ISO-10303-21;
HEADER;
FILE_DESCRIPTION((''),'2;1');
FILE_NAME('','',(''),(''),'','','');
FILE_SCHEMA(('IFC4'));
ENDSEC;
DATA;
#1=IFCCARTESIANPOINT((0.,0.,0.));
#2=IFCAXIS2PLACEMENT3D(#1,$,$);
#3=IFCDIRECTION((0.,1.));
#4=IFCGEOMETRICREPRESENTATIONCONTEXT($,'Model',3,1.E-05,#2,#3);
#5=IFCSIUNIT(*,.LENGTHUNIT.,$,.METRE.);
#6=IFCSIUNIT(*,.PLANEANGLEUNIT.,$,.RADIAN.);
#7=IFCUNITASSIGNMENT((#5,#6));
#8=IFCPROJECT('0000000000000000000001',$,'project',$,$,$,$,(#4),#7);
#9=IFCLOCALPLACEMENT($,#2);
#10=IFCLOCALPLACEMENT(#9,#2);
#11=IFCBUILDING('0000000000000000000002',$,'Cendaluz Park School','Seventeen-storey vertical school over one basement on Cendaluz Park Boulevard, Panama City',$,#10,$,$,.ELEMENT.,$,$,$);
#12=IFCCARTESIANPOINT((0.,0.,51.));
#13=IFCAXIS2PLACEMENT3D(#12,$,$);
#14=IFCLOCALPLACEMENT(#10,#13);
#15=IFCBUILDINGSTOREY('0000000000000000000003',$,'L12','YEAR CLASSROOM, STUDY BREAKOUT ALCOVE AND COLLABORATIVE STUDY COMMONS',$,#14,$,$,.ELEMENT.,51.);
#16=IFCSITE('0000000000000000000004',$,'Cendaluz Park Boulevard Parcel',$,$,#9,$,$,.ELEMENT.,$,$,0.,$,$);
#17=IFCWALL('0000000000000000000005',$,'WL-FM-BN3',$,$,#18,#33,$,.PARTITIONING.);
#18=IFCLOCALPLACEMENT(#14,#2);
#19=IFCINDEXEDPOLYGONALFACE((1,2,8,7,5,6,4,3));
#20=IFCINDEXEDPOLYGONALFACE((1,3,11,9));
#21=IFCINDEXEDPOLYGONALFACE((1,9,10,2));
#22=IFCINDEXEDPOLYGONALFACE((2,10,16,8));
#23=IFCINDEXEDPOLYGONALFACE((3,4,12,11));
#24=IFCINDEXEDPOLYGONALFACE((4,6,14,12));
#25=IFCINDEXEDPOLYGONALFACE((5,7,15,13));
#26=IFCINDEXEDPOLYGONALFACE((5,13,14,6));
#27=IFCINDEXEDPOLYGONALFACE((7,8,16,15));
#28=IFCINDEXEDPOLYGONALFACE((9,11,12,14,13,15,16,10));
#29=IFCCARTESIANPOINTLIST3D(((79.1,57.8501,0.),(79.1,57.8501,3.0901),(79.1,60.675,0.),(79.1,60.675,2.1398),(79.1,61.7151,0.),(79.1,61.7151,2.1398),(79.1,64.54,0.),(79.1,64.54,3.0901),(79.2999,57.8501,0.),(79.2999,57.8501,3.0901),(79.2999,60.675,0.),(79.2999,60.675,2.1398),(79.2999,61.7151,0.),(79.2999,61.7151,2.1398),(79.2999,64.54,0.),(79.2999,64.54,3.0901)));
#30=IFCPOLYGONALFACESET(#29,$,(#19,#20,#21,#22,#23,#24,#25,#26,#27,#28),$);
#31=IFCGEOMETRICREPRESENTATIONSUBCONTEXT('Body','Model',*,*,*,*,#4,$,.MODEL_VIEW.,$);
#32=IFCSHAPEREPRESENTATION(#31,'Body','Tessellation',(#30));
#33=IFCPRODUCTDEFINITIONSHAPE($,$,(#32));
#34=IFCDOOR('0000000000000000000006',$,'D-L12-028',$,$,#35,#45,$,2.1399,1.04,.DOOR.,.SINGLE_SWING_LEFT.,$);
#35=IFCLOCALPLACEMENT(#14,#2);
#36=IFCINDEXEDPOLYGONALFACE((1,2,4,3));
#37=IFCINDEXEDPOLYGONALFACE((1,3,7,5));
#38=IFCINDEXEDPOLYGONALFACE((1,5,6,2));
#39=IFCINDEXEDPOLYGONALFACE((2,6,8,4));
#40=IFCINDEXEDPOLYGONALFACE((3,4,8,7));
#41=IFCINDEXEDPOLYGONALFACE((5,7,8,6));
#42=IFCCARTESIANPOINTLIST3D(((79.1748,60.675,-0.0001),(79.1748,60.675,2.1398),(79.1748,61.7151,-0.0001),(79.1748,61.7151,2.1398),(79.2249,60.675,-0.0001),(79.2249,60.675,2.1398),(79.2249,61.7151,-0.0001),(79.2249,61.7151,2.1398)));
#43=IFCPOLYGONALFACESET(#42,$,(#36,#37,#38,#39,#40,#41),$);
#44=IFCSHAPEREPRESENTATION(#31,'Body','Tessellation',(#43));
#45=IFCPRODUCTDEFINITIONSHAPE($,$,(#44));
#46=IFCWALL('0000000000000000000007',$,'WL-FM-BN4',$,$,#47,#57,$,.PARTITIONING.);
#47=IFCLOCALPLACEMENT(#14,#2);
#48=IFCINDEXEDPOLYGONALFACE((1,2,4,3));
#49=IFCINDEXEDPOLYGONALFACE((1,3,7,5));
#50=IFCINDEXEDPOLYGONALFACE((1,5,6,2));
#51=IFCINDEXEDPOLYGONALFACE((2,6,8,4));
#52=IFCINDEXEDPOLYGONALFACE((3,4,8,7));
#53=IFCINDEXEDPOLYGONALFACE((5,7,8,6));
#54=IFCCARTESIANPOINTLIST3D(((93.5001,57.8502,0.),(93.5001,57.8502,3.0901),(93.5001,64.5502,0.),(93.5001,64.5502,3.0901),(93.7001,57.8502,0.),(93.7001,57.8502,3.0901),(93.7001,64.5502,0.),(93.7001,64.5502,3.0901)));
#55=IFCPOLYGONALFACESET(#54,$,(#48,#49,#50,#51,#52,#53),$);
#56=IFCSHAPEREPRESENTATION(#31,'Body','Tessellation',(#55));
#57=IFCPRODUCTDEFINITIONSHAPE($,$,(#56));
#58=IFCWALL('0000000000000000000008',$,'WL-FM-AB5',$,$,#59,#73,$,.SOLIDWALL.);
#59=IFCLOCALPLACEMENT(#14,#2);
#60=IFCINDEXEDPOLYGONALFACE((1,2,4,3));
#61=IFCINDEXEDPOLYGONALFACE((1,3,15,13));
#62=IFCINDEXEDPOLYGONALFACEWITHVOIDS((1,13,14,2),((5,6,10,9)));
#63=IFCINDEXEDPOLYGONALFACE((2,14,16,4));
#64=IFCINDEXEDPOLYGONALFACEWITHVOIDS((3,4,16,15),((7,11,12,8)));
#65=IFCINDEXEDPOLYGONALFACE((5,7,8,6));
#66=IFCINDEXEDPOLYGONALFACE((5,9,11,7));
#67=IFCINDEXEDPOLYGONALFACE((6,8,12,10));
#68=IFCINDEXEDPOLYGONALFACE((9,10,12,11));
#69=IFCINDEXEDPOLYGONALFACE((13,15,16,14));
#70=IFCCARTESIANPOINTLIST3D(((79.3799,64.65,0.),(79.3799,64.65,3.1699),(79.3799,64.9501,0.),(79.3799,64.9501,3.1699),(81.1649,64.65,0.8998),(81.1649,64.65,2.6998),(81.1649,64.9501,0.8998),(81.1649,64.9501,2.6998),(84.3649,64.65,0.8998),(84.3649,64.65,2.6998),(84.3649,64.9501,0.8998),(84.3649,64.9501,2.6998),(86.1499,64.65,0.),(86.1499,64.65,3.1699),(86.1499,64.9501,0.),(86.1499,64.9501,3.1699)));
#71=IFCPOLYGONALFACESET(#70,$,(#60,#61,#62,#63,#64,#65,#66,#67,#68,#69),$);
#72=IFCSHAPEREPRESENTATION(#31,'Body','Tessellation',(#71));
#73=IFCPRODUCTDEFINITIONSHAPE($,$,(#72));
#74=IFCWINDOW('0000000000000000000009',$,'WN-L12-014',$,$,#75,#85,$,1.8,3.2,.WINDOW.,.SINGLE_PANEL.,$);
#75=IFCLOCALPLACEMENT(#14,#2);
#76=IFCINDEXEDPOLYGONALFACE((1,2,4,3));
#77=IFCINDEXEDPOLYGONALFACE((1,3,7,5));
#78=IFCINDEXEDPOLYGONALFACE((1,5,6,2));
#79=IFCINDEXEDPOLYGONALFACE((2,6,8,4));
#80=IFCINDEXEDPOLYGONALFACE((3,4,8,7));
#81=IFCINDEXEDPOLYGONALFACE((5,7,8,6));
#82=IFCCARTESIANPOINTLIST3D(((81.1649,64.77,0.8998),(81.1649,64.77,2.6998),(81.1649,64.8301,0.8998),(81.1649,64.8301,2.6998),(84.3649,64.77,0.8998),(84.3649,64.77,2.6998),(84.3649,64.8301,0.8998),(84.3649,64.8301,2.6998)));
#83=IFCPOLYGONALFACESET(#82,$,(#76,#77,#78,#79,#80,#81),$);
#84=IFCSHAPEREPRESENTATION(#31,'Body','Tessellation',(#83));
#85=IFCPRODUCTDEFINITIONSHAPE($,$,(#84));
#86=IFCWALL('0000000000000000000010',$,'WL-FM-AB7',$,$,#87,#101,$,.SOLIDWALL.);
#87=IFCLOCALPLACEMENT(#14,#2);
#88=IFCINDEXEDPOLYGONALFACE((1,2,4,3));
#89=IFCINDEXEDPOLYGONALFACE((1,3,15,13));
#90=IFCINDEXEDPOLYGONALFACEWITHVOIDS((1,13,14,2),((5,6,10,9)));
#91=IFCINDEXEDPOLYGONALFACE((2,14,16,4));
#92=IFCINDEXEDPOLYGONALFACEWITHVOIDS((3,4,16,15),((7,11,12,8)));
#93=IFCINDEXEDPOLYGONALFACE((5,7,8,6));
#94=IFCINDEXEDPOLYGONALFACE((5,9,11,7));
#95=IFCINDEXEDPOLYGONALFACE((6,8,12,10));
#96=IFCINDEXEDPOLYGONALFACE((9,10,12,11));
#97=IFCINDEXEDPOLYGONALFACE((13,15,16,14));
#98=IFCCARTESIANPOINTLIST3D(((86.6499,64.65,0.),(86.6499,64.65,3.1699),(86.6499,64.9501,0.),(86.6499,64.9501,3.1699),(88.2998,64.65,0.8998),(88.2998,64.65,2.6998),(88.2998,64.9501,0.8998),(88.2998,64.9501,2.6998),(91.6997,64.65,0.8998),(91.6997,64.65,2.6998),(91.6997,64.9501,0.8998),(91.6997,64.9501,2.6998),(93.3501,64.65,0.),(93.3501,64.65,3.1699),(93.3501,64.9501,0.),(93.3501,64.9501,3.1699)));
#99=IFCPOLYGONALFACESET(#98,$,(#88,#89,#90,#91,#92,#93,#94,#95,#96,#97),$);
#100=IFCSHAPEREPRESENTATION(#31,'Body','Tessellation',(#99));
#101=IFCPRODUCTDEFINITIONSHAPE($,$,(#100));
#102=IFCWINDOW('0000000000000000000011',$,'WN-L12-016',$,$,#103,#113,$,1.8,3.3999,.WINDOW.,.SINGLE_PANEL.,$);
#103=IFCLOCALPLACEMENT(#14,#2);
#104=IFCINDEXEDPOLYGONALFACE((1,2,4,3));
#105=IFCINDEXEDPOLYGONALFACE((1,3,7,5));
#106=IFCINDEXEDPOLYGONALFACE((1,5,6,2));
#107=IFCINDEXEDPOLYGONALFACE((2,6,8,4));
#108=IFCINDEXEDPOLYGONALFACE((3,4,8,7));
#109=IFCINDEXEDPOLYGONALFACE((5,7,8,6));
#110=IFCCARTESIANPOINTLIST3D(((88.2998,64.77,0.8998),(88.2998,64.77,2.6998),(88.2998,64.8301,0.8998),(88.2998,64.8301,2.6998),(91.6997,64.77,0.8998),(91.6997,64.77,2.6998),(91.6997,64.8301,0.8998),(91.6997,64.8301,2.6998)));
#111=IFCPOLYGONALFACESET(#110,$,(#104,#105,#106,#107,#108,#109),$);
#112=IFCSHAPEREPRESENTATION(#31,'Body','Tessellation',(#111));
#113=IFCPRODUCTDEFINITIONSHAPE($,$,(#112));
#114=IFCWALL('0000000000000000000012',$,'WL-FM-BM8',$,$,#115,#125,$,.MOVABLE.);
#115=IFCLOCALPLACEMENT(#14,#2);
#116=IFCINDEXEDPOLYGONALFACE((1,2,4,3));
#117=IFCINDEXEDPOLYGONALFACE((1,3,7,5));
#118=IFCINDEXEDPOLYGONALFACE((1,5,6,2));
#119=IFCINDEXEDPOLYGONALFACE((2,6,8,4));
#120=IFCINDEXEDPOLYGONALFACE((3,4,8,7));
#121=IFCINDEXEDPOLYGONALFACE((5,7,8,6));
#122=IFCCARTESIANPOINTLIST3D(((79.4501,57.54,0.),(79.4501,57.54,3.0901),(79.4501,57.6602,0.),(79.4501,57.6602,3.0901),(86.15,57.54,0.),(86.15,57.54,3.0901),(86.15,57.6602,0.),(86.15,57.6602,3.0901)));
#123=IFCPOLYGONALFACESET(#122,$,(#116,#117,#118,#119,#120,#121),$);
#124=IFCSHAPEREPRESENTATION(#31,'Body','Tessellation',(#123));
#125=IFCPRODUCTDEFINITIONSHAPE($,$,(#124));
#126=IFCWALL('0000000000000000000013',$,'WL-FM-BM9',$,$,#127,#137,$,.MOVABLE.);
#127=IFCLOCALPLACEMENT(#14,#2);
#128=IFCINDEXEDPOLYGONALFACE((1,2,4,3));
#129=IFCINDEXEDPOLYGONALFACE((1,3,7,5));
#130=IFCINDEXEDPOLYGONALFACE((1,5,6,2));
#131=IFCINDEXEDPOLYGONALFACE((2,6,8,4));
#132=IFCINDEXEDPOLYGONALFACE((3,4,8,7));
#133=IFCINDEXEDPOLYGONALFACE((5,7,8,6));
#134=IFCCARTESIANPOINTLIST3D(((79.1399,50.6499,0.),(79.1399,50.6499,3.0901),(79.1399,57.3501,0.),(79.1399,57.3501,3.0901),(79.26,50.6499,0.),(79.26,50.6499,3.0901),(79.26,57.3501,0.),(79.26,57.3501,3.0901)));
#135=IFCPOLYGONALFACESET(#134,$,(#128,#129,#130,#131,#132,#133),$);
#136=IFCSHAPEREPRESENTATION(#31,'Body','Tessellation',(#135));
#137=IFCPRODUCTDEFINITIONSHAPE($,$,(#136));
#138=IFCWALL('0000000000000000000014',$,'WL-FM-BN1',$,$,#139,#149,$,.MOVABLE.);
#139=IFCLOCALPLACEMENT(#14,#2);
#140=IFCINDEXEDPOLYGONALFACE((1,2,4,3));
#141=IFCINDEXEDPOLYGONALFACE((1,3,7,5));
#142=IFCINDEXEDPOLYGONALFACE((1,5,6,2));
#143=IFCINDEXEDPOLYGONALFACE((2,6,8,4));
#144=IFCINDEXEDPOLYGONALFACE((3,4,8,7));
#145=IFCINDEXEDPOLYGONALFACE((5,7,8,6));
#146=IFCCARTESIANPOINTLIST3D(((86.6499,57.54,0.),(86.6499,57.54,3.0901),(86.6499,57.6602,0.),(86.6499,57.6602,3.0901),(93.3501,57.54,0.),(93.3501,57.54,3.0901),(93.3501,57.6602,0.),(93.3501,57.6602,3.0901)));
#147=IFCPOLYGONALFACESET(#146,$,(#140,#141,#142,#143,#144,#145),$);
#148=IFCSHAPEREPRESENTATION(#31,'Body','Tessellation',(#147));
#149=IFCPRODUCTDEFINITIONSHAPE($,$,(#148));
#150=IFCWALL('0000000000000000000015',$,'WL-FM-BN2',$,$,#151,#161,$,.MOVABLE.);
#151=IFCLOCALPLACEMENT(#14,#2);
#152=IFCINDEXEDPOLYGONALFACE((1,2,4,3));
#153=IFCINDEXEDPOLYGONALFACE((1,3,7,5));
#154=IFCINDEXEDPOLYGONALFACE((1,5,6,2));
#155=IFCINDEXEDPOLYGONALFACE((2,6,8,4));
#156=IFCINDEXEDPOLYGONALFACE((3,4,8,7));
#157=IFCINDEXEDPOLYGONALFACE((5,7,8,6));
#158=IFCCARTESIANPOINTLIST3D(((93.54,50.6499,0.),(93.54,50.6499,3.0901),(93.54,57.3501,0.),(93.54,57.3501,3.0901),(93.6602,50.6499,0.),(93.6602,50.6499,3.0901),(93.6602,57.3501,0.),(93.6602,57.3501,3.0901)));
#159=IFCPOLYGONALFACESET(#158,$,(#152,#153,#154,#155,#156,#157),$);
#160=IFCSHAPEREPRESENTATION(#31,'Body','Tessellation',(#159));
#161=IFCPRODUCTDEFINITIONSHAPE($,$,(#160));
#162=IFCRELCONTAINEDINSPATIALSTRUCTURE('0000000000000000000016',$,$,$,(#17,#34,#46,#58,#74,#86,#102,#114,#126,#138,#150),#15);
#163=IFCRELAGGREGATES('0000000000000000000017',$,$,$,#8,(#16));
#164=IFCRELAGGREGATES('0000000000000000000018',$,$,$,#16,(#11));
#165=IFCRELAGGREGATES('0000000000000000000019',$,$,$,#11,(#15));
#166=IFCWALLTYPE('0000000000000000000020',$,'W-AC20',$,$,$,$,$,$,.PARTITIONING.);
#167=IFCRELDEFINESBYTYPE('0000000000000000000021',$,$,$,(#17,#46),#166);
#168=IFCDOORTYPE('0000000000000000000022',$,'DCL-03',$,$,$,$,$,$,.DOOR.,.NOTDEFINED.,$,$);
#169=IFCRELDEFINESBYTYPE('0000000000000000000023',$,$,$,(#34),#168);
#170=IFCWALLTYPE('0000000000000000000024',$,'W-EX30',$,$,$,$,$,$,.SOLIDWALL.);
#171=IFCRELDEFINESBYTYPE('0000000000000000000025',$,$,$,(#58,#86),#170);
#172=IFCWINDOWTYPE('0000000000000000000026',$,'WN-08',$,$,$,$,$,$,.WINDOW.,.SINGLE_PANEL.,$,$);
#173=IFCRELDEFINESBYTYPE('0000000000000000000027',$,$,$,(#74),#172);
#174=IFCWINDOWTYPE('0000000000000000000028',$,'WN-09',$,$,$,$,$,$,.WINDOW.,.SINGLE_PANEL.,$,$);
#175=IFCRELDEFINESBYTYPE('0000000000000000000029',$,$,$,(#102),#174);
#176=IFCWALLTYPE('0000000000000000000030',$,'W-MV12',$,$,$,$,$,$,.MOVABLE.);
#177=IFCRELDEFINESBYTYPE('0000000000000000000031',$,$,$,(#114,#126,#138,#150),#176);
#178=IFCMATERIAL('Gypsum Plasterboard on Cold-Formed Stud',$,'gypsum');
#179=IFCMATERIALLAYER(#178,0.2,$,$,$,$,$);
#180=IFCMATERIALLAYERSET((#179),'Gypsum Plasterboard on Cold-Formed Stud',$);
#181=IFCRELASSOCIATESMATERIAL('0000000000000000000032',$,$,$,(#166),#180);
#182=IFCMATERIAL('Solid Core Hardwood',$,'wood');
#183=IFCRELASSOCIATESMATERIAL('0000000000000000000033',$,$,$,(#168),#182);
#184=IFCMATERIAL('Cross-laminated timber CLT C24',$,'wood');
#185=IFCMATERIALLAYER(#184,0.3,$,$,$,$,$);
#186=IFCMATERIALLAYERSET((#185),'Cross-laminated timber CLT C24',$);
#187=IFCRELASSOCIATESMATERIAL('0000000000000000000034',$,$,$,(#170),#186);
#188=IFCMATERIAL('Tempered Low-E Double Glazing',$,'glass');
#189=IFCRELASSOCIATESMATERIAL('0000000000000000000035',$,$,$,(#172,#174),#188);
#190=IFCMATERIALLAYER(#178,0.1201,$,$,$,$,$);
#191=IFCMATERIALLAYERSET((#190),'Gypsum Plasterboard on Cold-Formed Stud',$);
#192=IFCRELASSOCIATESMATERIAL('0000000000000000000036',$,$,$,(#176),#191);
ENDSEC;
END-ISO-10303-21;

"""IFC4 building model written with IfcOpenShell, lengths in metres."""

from ifc_helpers import new_model, si_unit, direction, frame, frame_2d, origin, place, context, subcontext, project, spatial, rectangle, extrude, material, layer, layer_set, type_object, element, fill, save


model = new_model("IFC4")

# Units and contexts
model_context = context("Model", 3, precision=1e-05, world=origin(), true_north=direction((0.0, 1.0)))
body_context = subcontext(model_context, "Body", "Model", "MODEL_VIEW")
ifc_project = project(units=[si_unit("LENGTHUNIT", "METRE"), si_unit("PLANEANGLEUNIT", "RADIAN")], contexts=[model_context])

# Site, building, storey
site_placement = place(None, origin())
site = spatial("IfcSite", under=ifc_project, at=site_placement, Name="Cendaluz Park Boulevard Parcel", CompositionType="ELEMENT", RefElevation=0.0)
building_placement = place(site_placement, origin())
building = spatial("IfcBuilding", under=site, at=building_placement, Name="Cendaluz Park School", Description="Seventeen-storey vertical school over one basement on Cendaluz Park Boulevard, Panama City", CompositionType="ELEMENT")
storey_placement = place(building_placement, frame((0.0, 0.0, 51.0)))
storey = spatial("IfcBuildingStorey", under=building, at=storey_placement, Name="L12", Description="YEAR CLASSROOM, STUDY BREAKOUT ALCOVE AND COLLABORATIVE STUDY COMMONS", CompositionType="ELEMENT", Elevation=51.0)

# Wall, opening, door
ifc_material_1 = material(Name="Gypsum Plasterboard on Cold-Formed Stud", Category="gypsum")
ifc_layer_1 = layer(ifc_material_1, 0.2)
ifc_layer_set_1 = layer_set([ifc_layer_1], Name="Gypsum Plasterboard on Cold-Formed Stud")
wall_type_1 = type_object("IfcWallType", Name="W-AC20", PredefinedType="PARTITIONING", material=ifc_layer_set_1)
wall_1_placement = place(storey_placement, frame((79.2, 57.8501, 0.0), z_axis=(0.0, 0.0, 1.0), x_axis=(0.0, 1.0, 0.0)))
wall_1 = element("IfcWall", 1, at=wall_1_placement, inside=storey, type_object=wall_type_1, Name="WL-FM-BN3", PredefinedType="PARTITIONING", context=body_context, shape_type="SweptSolid", body=[
    extrude(rectangle(XDim=6.6899, YDim=0.2, at=frame_2d((3.345, 0.0))), origin(), (0.0, 0.0, 1.0), 3.0901),
])
opening_1_placement = place(wall_1_placement, frame((2.825, 0.0, 0.0)))
opening_1 = element("IfcOpeningElement", 2, at=opening_1_placement, cuts=wall_1, PredefinedType="OPENING", context=body_context, shape_type="SweptSolid", body=[
    extrude(rectangle(XDim=1.04, YDim=2.1399, at=frame_2d((0.52, 1.0698))), frame((0.0, 0.1121, 0.0), z_axis=(0.0, -1.0, 0.0), x_axis=(1.0, 0.0, 0.0)), (0.0, 0.0, 1.0), 0.2239),
])
ifc_material_2 = material(Name="Solid Core Hardwood", Category="wood")
door_type = type_object("IfcDoorType", Name="DCL-03", OperationType="NOTDEFINED", PredefinedType="DOOR", material=ifc_material_2)
door_placement = place(opening_1_placement, frame((1.04, 0.0, 0.0), z_axis=(0.0, 0.0, 1.0), x_axis=(-1.0, 0.0, 0.0)))
door = element("IfcDoor", 3, at=door_placement, inside=storey, type_object=door_type, Name="D-L12-028", OperationType="SINGLE_SWING_LEFT", OverallHeight=2.1399, OverallWidth=1.04, PredefinedType="DOOR", context=body_context, shape_type="SweptSolid", body=[
    extrude(rectangle(XDim=1.04, YDim=2.1399, at=frame_2d((0.52, 1.0698))), frame((0.0, 0.0249, 0.0), z_axis=(0.0, -1.0, 0.0), x_axis=(1.0, 0.0, 0.0)), (0.0, 0.0, 1.0), 0.05),
])
fill(opening_1, door)

# Wall
wall_2_placement = place(storey_placement, frame((93.6001, 57.8501, 0.0), z_axis=(0.0, 0.0, 1.0), x_axis=(0.0, 1.0, 0.0)))
element("IfcWall", 4, at=wall_2_placement, inside=storey, type_object=wall_type_1, Name="WL-FM-BN4", PredefinedType="PARTITIONING", context=body_context, shape_type="SweptSolid", body=[
    extrude(rectangle(XDim=6.7, YDim=0.2, at=frame_2d((3.3501, 0.0))), origin(), (0.0, 0.0, 1.0), 3.0901),
])

# Walls, openings, windows
ifc_material_3 = material(Name="Cross-laminated timber CLT C24", Category="wood")
ifc_layer_2 = layer(ifc_material_3, 0.3)
ifc_layer_set_2 = layer_set([ifc_layer_2], Name="Cross-laminated timber CLT C24")
wall_type_2 = type_object("IfcWallType", Name="W-EX30", PredefinedType="SOLIDWALL", material=ifc_layer_set_2)
wall_3_placement = place(storey_placement, frame((79.3799, 64.8, 0.0), z_axis=(0.0, 0.0, 1.0), x_axis=(1.0, 0.0, 0.0)))
wall_3 = element("IfcWall", 5, at=wall_3_placement, inside=storey, type_object=wall_type_2, Name="WL-FM-AB5", PredefinedType="SOLIDWALL", context=body_context, shape_type="SweptSolid", body=[
    extrude(rectangle(XDim=6.77, YDim=0.3, at=frame_2d((3.385, 0.0))), origin(), (0.0, 0.0, 1.0), 3.1699),
])
opening_2_placement = place(wall_3_placement, frame((1.7849, 0.0, 0.8999)))
opening_2 = element("IfcOpeningElement", 6, at=opening_2_placement, cuts=wall_3, PredefinedType="OPENING", context=body_context, shape_type="SweptSolid", body=[
    extrude(rectangle(XDim=3.2, YDim=1.8, at=frame_2d((1.6001, 0.8999))), frame((0.0, 0.1621, 0.0), z_axis=(0.0, -1.0, 0.0), x_axis=(1.0, 0.0, 0.0)), (0.0, 0.0, 1.0), 0.324),
])
ifc_material_4 = material(Name="Tempered Low-E Double Glazing", Category="glass")
window_type_1 = type_object("IfcWindowType", Name="WN-08", PartitioningType="SINGLE_PANEL", PredefinedType="WINDOW", material=ifc_material_4)
window_1_placement = place(opening_2_placement, origin())
window_1 = element("IfcWindow", 7, at=window_1_placement, inside=storey, type_object=window_type_1, Name="WN-L12-014", OverallHeight=1.8, OverallWidth=3.2, PartitioningType="SINGLE_PANEL", PredefinedType="WINDOW", context=body_context, shape_type="SweptSolid", body=[
    extrude(rectangle(XDim=3.2, YDim=1.8, at=frame_2d((1.6001, 0.8999))), frame((0.0, 0.03, 0.0), z_axis=(0.0, -1.0, 0.0), x_axis=(1.0, 0.0, 0.0)), (0.0, 0.0, 1.0), 0.0601),
])
fill(opening_2, window_1)
wall_4_placement = place(storey_placement, frame((86.6499, 64.8, 0.0), z_axis=(0.0, 0.0, 1.0), x_axis=(1.0, 0.0, 0.0)))
wall_4 = element("IfcWall", 8, at=wall_4_placement, inside=storey, type_object=wall_type_2, Name="WL-FM-AB7", PredefinedType="SOLIDWALL", context=body_context, shape_type="SweptSolid", body=[
    extrude(rectangle(XDim=6.7002, YDim=0.3, at=frame_2d((3.3501, 0.0))), origin(), (0.0, 0.0, 1.0), 3.1699),
])
opening_3_placement = place(wall_4_placement, frame((1.6499, 0.0, 0.8999)))
opening_3 = element("IfcOpeningElement", 9, at=opening_3_placement, cuts=wall_4, PredefinedType="OPENING", context=body_context, shape_type="SweptSolid", body=[
    extrude(rectangle(XDim=3.3999, YDim=1.8, at=frame_2d((1.7, 0.8999))), frame((0.0, 0.1621, 0.0), z_axis=(0.0, -1.0, 0.0), x_axis=(1.0, 0.0, 0.0)), (0.0, 0.0, 1.0), 0.324),
])
window_type_2 = type_object("IfcWindowType", Name="WN-09", PartitioningType="SINGLE_PANEL", PredefinedType="WINDOW", material=ifc_material_4)
window_2_placement = place(opening_3_placement, origin())
window_2 = element("IfcWindow", 10, at=window_2_placement, inside=storey, type_object=window_type_2, Name="WN-L12-016", OverallHeight=1.8, OverallWidth=3.3999, PartitioningType="SINGLE_PANEL", PredefinedType="WINDOW", context=body_context, shape_type="SweptSolid", body=[
    extrude(rectangle(XDim=3.3999, YDim=1.8, at=frame_2d((1.7, 0.8999))), frame((0.0, 0.03, 0.0), z_axis=(0.0, -1.0, 0.0), x_axis=(1.0, 0.0, 0.0)), (0.0, 0.0, 1.0), 0.0601),
])
fill(opening_3, window_2)

# Walls
ifc_layer_3 = layer(ifc_material_1, 0.1201)
ifc_layer_set_3 = layer_set([ifc_layer_3], Name="Gypsum Plasterboard on Cold-Formed Stud")
wall_type_3 = type_object("IfcWallType", Name="W-MV12", PredefinedType="MOVABLE", material=ifc_layer_set_3)
wall_5_placement = place(storey_placement, frame((79.45, 57.6001, 0.0), z_axis=(0.0, 0.0, 1.0), x_axis=(1.0, 0.0, 0.0)))
element("IfcWall", 11, at=wall_5_placement, inside=storey, type_object=wall_type_3, Name="WL-FM-BM8", PredefinedType="MOVABLE", context=body_context, shape_type="SweptSolid", body=[
    extrude(rectangle(XDim=6.7, YDim=0.1201, at=frame_2d((3.3501, 0.0))), origin(), (0.0, 0.0, 1.0), 3.0901),
])
for number, where, z_axis, x_axis, name in (
    (12, (79.2, 50.6499, 0.0), (0.0, 0.0, 1.0), (0.0, 1.0, 0.0), "WL-FM-BM9"),
    (13, (86.6499, 57.6001, 0.0), (0.0, 0.0, 1.0), (1.0, 0.0, 0.0), "WL-FM-BN1"),
    (14, (93.6001, 50.6499, 0.0), (0.0, 0.0, 1.0), (0.0, 1.0, 0.0), "WL-FM-BN2"),
):
    element("IfcWall", number, at=place(storey_placement, frame(where, z_axis=z_axis, x_axis=x_axis)), inside=storey, type_object=wall_type_3, Name=name, PredefinedType="MOVABLE", context=body_context, shape_type="SweptSolid", body=[
        extrude(rectangle(XDim=6.7002, YDim=0.1201, at=frame_2d((3.3501, 0.0))), origin(), (0.0, 0.0, 1.0), 3.0901),
    ])

save(model, "model.ifc")
